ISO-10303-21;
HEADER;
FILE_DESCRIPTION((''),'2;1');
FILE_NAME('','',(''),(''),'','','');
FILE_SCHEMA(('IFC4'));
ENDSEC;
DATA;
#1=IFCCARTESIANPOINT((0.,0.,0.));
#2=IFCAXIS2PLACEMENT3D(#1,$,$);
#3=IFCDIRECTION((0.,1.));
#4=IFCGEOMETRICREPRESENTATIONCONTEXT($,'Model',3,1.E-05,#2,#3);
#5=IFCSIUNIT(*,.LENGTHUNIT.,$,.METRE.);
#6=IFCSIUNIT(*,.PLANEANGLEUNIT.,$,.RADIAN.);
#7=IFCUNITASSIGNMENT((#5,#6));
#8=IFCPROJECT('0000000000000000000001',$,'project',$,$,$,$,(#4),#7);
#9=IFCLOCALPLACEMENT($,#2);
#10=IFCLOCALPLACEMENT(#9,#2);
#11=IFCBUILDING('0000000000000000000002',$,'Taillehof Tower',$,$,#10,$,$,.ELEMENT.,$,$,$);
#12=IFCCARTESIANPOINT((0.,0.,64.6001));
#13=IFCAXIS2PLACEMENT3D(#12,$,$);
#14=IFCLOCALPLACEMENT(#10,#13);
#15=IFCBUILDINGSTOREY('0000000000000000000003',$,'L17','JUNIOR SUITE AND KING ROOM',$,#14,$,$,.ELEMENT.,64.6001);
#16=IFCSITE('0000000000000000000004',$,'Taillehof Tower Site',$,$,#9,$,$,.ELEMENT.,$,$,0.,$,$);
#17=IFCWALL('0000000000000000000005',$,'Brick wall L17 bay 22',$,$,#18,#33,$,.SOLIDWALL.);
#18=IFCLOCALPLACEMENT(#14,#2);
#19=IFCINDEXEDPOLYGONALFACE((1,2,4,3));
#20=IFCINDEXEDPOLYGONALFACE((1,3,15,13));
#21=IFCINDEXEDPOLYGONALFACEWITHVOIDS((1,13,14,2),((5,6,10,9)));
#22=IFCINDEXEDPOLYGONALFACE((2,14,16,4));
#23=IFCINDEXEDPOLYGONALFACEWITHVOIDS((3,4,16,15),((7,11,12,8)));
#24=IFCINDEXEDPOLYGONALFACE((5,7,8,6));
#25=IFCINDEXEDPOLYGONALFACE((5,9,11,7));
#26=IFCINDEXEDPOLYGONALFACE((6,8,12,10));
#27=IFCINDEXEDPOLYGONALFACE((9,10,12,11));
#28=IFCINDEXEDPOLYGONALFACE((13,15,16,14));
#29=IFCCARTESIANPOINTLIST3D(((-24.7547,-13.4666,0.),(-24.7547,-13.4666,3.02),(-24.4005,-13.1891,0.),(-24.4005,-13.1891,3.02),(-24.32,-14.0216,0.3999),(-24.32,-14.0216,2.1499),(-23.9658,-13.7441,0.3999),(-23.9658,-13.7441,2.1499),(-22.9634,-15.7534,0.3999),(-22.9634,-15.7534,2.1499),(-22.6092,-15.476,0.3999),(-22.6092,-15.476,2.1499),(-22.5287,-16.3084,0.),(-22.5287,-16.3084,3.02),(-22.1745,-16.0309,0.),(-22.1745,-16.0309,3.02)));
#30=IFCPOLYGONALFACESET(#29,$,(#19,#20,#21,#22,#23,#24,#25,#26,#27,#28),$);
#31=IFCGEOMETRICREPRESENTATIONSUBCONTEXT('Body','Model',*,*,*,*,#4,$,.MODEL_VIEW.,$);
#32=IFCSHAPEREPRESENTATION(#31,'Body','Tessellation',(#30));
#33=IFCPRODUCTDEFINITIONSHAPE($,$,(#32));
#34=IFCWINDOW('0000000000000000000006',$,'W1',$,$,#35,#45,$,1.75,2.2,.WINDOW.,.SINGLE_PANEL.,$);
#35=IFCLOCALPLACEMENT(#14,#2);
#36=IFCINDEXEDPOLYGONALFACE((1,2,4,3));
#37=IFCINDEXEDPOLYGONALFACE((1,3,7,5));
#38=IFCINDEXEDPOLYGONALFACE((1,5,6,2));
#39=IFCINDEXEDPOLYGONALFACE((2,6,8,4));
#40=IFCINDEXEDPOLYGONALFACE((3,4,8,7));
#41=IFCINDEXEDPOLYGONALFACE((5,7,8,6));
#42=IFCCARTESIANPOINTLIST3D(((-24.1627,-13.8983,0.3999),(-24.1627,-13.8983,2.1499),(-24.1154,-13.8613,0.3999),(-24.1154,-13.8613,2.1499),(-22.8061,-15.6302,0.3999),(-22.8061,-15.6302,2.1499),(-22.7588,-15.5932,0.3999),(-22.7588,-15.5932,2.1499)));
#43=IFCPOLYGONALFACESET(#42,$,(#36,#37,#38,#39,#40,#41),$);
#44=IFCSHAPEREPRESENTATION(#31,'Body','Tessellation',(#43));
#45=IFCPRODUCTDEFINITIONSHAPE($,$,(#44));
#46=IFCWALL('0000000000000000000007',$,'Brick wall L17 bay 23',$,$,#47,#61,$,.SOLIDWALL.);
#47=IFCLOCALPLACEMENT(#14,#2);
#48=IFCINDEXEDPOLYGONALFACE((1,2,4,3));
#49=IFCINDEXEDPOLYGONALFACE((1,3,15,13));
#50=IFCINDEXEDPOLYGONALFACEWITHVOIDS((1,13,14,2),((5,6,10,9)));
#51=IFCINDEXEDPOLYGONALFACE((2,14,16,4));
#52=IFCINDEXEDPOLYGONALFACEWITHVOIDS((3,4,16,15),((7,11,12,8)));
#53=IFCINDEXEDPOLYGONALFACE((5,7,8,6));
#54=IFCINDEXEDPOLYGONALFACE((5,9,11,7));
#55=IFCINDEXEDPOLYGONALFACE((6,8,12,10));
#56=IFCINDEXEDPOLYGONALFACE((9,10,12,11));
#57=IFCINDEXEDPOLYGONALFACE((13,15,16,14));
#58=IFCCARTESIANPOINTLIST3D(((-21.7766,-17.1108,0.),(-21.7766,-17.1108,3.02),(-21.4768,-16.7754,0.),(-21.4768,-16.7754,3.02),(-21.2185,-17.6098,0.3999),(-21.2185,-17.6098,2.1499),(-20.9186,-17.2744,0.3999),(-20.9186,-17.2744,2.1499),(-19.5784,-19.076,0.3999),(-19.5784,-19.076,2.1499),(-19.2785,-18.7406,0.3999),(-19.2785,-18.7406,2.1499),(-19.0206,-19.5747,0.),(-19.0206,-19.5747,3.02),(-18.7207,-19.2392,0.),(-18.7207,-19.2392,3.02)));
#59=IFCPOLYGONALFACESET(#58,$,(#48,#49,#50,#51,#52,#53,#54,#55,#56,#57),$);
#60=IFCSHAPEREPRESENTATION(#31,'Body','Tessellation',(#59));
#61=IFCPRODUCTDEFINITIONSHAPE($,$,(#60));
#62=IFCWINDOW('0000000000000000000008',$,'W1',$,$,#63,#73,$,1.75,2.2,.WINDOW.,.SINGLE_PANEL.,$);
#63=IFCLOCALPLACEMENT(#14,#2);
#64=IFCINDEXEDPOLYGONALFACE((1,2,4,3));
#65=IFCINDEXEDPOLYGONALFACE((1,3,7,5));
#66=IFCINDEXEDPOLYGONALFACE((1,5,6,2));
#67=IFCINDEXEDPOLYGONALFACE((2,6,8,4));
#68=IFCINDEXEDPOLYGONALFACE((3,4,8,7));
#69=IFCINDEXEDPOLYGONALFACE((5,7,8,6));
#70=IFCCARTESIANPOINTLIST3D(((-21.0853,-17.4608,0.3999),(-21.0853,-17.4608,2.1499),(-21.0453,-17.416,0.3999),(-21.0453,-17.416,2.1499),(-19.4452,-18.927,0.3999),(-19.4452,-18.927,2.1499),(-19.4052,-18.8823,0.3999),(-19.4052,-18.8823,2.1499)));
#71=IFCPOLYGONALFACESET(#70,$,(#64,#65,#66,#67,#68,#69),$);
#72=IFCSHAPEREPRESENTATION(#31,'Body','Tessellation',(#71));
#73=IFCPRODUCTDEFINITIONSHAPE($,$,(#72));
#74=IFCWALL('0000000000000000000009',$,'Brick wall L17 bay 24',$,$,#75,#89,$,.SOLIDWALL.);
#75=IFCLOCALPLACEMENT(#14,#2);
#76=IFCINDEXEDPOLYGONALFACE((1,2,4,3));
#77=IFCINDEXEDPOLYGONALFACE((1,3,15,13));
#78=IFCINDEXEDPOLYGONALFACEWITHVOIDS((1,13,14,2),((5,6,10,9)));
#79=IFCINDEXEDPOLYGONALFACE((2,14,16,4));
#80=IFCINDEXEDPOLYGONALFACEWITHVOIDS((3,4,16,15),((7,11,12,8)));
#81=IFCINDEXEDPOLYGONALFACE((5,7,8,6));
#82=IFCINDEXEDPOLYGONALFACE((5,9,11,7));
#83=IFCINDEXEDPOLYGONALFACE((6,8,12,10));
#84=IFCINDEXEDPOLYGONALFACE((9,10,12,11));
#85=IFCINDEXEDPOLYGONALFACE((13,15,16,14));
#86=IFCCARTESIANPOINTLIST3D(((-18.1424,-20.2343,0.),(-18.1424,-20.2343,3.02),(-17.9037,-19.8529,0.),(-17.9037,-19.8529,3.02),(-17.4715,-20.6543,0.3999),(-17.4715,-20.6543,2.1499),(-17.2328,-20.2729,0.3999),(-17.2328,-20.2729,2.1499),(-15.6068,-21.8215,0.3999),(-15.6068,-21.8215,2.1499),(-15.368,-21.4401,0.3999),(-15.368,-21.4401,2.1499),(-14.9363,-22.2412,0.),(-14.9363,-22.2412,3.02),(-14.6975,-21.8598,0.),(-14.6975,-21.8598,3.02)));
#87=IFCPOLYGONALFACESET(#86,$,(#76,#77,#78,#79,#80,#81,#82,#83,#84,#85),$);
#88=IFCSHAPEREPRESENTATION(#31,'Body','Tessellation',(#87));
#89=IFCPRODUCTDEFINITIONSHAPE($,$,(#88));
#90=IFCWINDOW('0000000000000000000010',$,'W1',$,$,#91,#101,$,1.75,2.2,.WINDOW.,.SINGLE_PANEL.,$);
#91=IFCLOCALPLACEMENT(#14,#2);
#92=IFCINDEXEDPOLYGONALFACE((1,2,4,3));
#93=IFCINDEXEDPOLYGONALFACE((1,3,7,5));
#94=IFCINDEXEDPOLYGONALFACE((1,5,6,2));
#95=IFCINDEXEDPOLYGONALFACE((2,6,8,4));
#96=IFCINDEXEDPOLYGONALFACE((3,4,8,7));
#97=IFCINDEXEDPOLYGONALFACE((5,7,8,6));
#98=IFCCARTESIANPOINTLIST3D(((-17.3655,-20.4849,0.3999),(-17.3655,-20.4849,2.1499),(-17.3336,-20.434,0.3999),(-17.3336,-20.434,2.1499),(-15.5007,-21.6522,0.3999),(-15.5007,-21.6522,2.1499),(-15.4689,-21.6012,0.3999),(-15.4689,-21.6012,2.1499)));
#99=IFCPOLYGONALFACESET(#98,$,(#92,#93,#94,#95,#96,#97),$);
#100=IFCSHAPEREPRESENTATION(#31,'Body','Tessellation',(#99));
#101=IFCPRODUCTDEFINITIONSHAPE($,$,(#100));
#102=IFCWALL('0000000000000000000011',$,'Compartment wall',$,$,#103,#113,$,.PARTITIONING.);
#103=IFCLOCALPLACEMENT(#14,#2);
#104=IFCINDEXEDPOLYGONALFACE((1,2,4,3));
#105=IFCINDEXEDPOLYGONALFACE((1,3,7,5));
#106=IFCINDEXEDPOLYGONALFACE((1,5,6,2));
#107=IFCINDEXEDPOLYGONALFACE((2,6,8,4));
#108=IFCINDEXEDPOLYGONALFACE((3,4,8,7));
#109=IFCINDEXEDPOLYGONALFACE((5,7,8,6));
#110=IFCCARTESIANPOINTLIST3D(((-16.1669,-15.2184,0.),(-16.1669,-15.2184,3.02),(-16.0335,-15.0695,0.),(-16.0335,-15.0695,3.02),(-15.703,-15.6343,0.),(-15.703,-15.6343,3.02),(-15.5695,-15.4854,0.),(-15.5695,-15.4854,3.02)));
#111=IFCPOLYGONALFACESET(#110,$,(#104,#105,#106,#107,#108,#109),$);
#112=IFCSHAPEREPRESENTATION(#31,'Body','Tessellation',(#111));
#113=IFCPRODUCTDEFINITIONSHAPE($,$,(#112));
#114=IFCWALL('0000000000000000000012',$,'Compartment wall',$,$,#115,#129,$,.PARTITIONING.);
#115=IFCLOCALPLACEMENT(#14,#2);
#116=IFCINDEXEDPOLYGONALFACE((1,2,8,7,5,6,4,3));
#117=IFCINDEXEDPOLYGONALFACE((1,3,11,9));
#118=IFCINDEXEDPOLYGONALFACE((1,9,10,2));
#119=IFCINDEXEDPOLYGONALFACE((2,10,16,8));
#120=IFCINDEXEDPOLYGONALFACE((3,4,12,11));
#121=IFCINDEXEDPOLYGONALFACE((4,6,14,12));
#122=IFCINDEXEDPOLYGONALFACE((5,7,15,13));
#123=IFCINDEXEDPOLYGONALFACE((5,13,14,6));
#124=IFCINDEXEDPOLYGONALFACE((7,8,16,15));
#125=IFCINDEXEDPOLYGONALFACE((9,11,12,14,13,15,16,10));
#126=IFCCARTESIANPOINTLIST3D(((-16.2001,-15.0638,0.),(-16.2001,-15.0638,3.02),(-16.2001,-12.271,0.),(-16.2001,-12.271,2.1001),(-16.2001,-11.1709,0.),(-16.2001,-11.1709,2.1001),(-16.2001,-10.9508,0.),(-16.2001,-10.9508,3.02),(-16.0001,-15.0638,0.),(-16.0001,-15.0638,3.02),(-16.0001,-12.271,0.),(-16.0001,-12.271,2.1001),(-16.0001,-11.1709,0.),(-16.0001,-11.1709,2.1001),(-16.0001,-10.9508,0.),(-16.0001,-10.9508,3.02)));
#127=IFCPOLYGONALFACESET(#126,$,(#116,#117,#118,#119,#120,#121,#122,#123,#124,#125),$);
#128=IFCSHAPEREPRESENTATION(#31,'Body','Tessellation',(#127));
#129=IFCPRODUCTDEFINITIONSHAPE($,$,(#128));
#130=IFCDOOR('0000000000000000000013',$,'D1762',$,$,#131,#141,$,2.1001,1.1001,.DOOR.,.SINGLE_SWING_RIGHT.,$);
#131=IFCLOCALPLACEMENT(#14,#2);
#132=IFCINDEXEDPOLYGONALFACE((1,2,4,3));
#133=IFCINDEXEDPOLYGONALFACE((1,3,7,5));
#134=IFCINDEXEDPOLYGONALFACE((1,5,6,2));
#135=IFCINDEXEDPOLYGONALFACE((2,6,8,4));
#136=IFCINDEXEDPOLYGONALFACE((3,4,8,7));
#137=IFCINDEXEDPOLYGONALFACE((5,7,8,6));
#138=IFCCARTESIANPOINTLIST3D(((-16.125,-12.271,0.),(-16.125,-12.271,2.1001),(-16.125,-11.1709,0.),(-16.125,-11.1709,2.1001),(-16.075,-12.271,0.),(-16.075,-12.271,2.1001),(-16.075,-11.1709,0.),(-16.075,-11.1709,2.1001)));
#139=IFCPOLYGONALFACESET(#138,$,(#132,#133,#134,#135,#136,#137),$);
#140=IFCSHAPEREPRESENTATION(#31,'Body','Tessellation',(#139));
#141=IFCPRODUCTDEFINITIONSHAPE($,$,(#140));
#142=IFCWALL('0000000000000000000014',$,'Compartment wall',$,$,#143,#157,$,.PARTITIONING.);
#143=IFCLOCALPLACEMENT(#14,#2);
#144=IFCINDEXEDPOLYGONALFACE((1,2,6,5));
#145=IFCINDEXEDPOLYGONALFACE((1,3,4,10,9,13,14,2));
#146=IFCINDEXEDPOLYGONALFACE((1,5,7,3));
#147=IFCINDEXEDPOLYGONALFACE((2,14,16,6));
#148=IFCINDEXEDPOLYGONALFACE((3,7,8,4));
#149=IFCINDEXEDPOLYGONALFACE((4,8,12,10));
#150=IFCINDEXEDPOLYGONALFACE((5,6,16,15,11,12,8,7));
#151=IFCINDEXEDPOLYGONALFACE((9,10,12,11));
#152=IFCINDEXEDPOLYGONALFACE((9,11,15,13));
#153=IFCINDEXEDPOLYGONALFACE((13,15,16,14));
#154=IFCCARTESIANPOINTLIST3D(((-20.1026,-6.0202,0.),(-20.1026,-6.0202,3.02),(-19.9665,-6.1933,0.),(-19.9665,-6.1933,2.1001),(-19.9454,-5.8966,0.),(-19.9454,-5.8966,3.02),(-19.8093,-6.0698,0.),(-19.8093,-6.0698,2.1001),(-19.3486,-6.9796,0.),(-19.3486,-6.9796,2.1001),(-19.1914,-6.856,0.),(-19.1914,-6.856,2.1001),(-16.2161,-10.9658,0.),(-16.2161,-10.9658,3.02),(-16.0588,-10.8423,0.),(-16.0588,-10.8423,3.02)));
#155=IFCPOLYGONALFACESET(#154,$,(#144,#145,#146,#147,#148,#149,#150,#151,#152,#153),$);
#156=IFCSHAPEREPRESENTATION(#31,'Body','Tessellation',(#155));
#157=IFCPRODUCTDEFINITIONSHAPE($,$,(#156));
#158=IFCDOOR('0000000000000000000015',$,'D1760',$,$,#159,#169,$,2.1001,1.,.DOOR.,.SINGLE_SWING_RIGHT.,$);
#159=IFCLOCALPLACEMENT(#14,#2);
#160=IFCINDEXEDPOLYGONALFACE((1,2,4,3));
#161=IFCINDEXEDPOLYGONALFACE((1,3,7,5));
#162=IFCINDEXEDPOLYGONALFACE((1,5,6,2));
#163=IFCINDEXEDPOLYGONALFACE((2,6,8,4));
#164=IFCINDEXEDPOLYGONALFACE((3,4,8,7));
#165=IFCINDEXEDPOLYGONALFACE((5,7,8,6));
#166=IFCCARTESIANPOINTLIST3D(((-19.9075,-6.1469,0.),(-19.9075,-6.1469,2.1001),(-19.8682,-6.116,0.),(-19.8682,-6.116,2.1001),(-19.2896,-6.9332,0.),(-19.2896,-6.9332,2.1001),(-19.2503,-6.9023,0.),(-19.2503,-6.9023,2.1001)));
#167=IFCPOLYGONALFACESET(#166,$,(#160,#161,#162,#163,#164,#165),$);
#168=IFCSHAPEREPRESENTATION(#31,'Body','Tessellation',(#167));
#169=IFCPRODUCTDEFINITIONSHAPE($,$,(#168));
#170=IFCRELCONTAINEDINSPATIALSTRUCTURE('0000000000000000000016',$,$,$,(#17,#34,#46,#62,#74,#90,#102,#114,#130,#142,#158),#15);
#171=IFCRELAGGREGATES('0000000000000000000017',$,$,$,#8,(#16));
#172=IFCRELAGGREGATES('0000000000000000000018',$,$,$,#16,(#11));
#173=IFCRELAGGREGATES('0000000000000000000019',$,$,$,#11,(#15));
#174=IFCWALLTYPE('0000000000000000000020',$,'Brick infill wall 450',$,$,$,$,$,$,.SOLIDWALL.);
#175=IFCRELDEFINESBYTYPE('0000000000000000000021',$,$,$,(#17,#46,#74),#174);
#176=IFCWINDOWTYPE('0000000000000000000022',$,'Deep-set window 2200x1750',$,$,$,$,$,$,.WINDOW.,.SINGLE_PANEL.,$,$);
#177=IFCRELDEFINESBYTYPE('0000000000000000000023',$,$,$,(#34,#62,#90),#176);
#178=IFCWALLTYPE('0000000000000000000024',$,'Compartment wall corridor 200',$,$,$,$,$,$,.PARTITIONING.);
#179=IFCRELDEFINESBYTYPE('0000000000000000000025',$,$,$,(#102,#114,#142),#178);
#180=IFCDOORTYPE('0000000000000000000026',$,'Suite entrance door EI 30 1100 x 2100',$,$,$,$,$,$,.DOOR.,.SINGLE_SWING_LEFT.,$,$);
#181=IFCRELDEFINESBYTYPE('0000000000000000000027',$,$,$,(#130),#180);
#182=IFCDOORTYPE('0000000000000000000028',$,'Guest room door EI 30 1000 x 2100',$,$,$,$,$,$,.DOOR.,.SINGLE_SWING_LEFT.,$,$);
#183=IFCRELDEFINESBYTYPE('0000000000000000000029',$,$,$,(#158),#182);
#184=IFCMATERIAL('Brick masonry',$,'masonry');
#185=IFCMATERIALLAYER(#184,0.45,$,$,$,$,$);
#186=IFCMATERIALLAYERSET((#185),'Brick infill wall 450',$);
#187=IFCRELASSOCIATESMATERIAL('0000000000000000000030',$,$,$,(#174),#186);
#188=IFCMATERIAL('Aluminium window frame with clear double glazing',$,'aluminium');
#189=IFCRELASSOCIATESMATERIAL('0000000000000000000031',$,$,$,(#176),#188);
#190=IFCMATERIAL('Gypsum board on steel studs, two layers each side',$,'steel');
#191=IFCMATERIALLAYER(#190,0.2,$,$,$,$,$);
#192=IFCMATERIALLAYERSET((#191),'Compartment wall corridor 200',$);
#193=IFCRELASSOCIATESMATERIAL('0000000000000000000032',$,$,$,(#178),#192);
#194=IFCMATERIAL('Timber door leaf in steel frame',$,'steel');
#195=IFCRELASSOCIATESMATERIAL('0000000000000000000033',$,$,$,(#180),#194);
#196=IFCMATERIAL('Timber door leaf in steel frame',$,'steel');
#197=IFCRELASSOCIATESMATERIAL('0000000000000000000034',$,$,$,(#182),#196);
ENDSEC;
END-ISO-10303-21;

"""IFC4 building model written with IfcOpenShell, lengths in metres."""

from ifc_helpers import new_model, si_unit, direction, frame, frame_2d, origin, place, context, subcontext, project, spatial, rectangle, extrude, material, layer, layer_set, type_object, element, fill, save


model = new_model("IFC4")

# Units and contexts
model_context = context("Model", 3, precision=1e-05, world=origin(), true_north=direction((0.0, 1.0)))
body_context = subcontext(model_context, "Body", "Model", "MODEL_VIEW")
ifc_project = project(units=[si_unit("LENGTHUNIT", "METRE"), si_unit("PLANEANGLEUNIT", "RADIAN")], contexts=[model_context])

# Site, building, storey
site_placement = place(None, origin())
site = spatial("IfcSite", under=ifc_project, at=site_placement, Name="Taillehof Tower Site", CompositionType="ELEMENT", RefElevation=0.0)
building_placement = place(site_placement, origin())
building = spatial("IfcBuilding", under=site, at=building_placement, Name="Taillehof Tower", CompositionType="ELEMENT")
storey_placement = place(building_placement, frame((0.0, 0.0, 64.6001)))
storey = spatial("IfcBuildingStorey", under=building, at=storey_placement, Name="L17", Description="JUNIOR SUITE AND KING ROOM", CompositionType="ELEMENT", Elevation=64.6001)

# Walls, openings, windows
ifc_material_1 = material(Name="Brick masonry", Category="masonry")
ifc_layer_1 = layer(ifc_material_1, 0.45)
ifc_layer_set_1 = layer_set([ifc_layer_1], Name="Brick infill wall 450")
wall_type_1 = type_object("IfcWallType", Name="Brick infill wall 450", PredefinedType="SOLIDWALL", material=ifc_layer_set_1)
ifc_material_2 = material(Name="Aluminium window frame with clear double glazing", Category="aluminium")
window_type = type_object("IfcWindowType", Name="Deep-set window 2200x1750", PartitioningType="SINGLE_PANEL", PredefinedType="WINDOW", material=ifc_material_2)
wall_1_placement = place(storey_placement, frame((-24.5776, -13.3279, 0.0), z_axis=(0.0, 0.0, 1.0), x_axis=(0.616662, -0.787228, 0.0)))
wall_1 = element("IfcWall", 1, at=wall_1_placement, inside=storey, type_object=wall_type_1, Name="Brick wall L17 bay 22", PredefinedType="SOLIDWALL", context=body_context, shape_type="SweptSolid", body=[
    extrude(rectangle(XDim=3.6099, YDim=0.45, at=frame_2d((1.8049, 0.0))), origin(), (0.0, 0.0, 1.0), 3.02),
])
opening_1_placement = place(wall_1_placement, frame((0.7048, 0.0, 0.3999)))
opening_1 = element("IfcOpeningElement", 2, at=opening_1_placement, cuts=wall_1, PredefinedType="OPENING", context=body_context, shape_type="SweptSolid", body=[
    extrude(rectangle(XDim=2.2, YDim=1.75, at=frame_2d((1.1001, 0.875))), frame((0.0, 0.2349, 0.0), z_axis=(0.0, -1.0, 0.0), x_axis=(1.0, 0.0, 0.0)), (0.0, 0.0, 1.0), 0.47),
])
window_1_placement = place(opening_1_placement, origin())
window_1 = element("IfcWindow", 3, at=window_1_placement, inside=storey, type_object=window_type, Name="W1", OverallHeight=1.75, OverallWidth=2.2, PartitioningType="SINGLE_PANEL", PredefinedType="WINDOW", context=body_context, shape_type="SweptSolid", body=[
    extrude(rectangle(XDim=2.2, YDim=1.75, at=frame_2d((1.1001, 0.875))), frame((0.0, 0.0349, 0.0), z_axis=(0.0, -1.0, 0.0), x_axis=(1.0, 0.0, 0.0)), (0.0, 0.0, 1.0), 0.0601),
])
fill(opening_1, window_1)
wall_2_placement = place(storey_placement, frame((-21.6267, -16.9431, 0.0), z_axis=(0.0, 0.0, 1.0), x_axis=(0.745526, -0.666476, 0.0)))
wall_2 = element("IfcWall", 4, at=wall_2_placement, inside=storey, type_object=wall_type_1, Name="Brick wall L17 bay 23", PredefinedType="SOLIDWALL", context=body_context, shape_type="SweptSolid", body=[
    extrude(rectangle(XDim=3.6968, YDim=0.45, at=frame_2d((1.8484, 0.0))), origin(), (0.0, 0.0, 1.0), 3.02),
])
opening_2_placement = place(wall_2_placement, frame((0.7485, 0.0, 0.3999)))
opening_2 = element("IfcOpeningElement", 5, at=opening_2_placement, cuts=wall_2, PredefinedType="OPENING", context=body_context, shape_type="SweptSolid", body=[
    extrude(rectangle(XDim=2.2, YDim=1.75, at=frame_2d((1.1001, 0.875))), frame((0.0, 0.2349, 0.0), z_axis=(0.0, -1.0, 0.0), x_axis=(1.0, 0.0, 0.0)), (0.0, 0.0, 1.0), 0.47),
])
window_2_placement = place(opening_2_placement, origin())
window_2 = element("IfcWindow", 6, at=window_2_placement, inside=storey, type_object=window_type, Name="W1", OverallHeight=1.75, OverallWidth=2.2, PartitioningType="SINGLE_PANEL", PredefinedType="WINDOW", context=body_context, shape_type="SweptSolid", body=[
    extrude(rectangle(XDim=2.2, YDim=1.75, at=frame_2d((1.1001, 0.875))), frame((0.0, 0.0349, 0.0), z_axis=(0.0, -1.0, 0.0), x_axis=(1.0, 0.0, 0.0)), (0.0, 0.0, 1.0), 0.0601),
])
fill(opening_2, window_2)
wall_3_placement = place(storey_placement, frame((-18.0229, -20.0437, 0.0), z_axis=(0.0, 0.0, 1.0), x_axis=(0.847635, -0.530579, 0.0)))
wall_3 = element("IfcWall", 7, at=wall_3_placement, inside=storey, type_object=wall_type_1, Name="Brick wall L17 bay 24", PredefinedType="SOLIDWALL", context=body_context, shape_type="SweptSolid", body=[
    extrude(rectangle(XDim=3.7825, YDim=0.45, at=frame_2d((1.8911, 0.0))), origin(), (0.0, 0.0, 1.0), 3.02),
])
opening_3_placement = place(wall_3_placement, frame((0.7913, 0.0, 0.3999)))
opening_3 = element("IfcOpeningElement", 8, at=opening_3_placement, cuts=wall_3, PredefinedType="OPENING", context=body_context, shape_type="SweptSolid", body=[
    extrude(rectangle(XDim=2.2, YDim=1.75, at=frame_2d((1.1001, 0.875))), frame((0.0, 0.2349, 0.0), z_axis=(0.0, -1.0, 0.0), x_axis=(1.0, 0.0, 0.0)), (0.0, 0.0, 1.0), 0.47),
])
window_3_placement = place(opening_3_placement, origin())
window_3 = element("IfcWindow", 9, at=window_3_placement, inside=storey, type_object=window_type, Name="W1", OverallHeight=1.75, OverallWidth=2.2, PartitioningType="SINGLE_PANEL", PredefinedType="WINDOW", context=body_context, shape_type="SweptSolid", body=[
    extrude(rectangle(XDim=2.2, YDim=1.75, at=frame_2d((1.1001, 0.875))), frame((0.0, 0.0349, 0.0), z_axis=(0.0, -1.0, 0.0), x_axis=(1.0, 0.0, 0.0)), (0.0, 0.0, 1.0), 0.0601),
])
fill(opening_3, window_3)

# Wall
ifc_material_3 = material(Name="Gypsum board on steel studs, two layers each side", Category="steel")
ifc_layer_2 = layer(ifc_material_3, 0.2)
ifc_layer_set_2 = layer_set([ifc_layer_2], Name="Compartment wall corridor 200")
wall_type_2 = type_object("IfcWallType", Name="Compartment wall corridor 200", PredefinedType="PARTITIONING", material=ifc_layer_set_2)
wall_4_placement = place(storey_placement, frame((-15.6362, -15.5598, 0.0), z_axis=(0.0, 0.0, 1.0), x_axis=(-0.744657, 0.667448, 0.0)))
element("IfcWall", 10, at=wall_4_placement, inside=storey, type_object=wall_type_2, Name="Compartment wall", PredefinedType="PARTITIONING", context=body_context, shape_type="SweptSolid", body=[
    extrude(rectangle(XDim=0.623, YDim=0.2, at=frame_2d((0.3115, 0.0))), origin(), (0.0, 0.0, 1.0), 3.02),
])

# Walls, openings, doors
wall_5_placement = place(storey_placement, frame((-16.1001, -15.064, 0.0), z_axis=(0.0, 0.0, 1.0), x_axis=(0.0, 1.0, 0.0)))
wall_5 = element("IfcWall", 11, at=wall_5_placement, inside=storey, type_object=wall_type_2, Name="Compartment wall", PredefinedType="PARTITIONING", context=body_context, shape_type="SweptSolid", body=[
    extrude(rectangle(XDim=4.113, YDim=0.2, at=frame_2d((2.0566, 0.0))), origin(), (0.0, 0.0, 1.0), 3.02),
])
opening_4_placement = place(wall_5_placement, frame((2.793, 0.0, 0.0)))
opening_4 = element("IfcOpeningElement", 12, at=opening_4_placement, cuts=wall_5, PredefinedType="OPENING", context=body_context, shape_type="SweptSolid", body=[
    extrude(rectangle(XDim=1.1001, YDim=2.1001, at=frame_2d((0.55, 1.05))), frame((0.0, 0.1099, 0.0), z_axis=(0.0, -1.0, 0.0), x_axis=(1.0, 0.0, 0.0)), (0.0, 0.0, 1.0), 0.22),
])
ifc_material_4 = material(Name="Timber door leaf in steel frame", Category="steel")
door_type_1 = type_object("IfcDoorType", Name="Suite entrance door EI 30 1100 x 2100", OperationType="SINGLE_SWING_LEFT", PredefinedType="DOOR", material=ifc_material_4)
door_1_placement = place(opening_4_placement, origin())
door_1 = element("IfcDoor", 13, at=door_1_placement, inside=storey, type_object=door_type_1, Name="D1762", OperationType="SINGLE_SWING_RIGHT", OverallHeight=2.1001, OverallWidth=1.1001, PredefinedType="DOOR", context=body_context, shape_type="SweptSolid", body=[
    extrude(rectangle(XDim=1.1001, YDim=2.1001, at=frame_2d((0.55, 1.05))), frame((0.0, 0.0249, 0.0), z_axis=(0.0, -1.0, 0.0), x_axis=(1.0, 0.0, 0.0)), (0.0, 0.0, 1.0), 0.05),
])
fill(opening_4, door_1)
wall_6_placement = place(storey_placement, frame((-16.1375, -10.9041, 0.0), z_axis=(0.0, 0.0, 1.0), x_axis=(-0.617888, 0.786266, 0.0)))
wall_6 = element("IfcWall", 14, at=wall_6_placement, inside=storey, type_object=wall_type_2, Name="Compartment wall", PredefinedType="PARTITIONING", context=body_context, shape_type="SweptSolid", body=[
    extrude(rectangle(XDim=6.29, YDim=0.2, at=frame_2d((3.145, 0.0))), origin(), (0.0, 0.0, 1.0), 3.02),
])
opening_5_placement = place(wall_6_placement, frame((5.0698, 0.0, 0.0)))
opening_5 = element("IfcOpeningElement", 15, at=opening_5_placement, cuts=wall_6, PredefinedType="OPENING", context=body_context, shape_type="SweptSolid", body=[
    extrude(rectangle(XDim=1.0, YDim=2.1001, at=frame_2d((0.5, 1.05))), frame((0.0, 0.1099, 0.0), z_axis=(0.0, -1.0, 0.0), x_axis=(1.0, 0.0, 0.0)), (0.0, 0.0, 1.0), 0.22),
])
ifc_material_5 = material(Name="Timber door leaf in steel frame", Category="steel")
door_type_2 = type_object("IfcDoorType", Name="Guest room door EI 30 1000 x 2100", OperationType="SINGLE_SWING_LEFT", PredefinedType="DOOR", material=ifc_material_5)
door_2_placement = place(opening_5_placement, origin())
door_2 = element("IfcDoor", 16, at=door_2_placement, inside=storey, type_object=door_type_2, Name="D1760", OperationType="SINGLE_SWING_RIGHT", OverallHeight=2.1001, OverallWidth=1.0, PredefinedType="DOOR", context=body_context, shape_type="SweptSolid", body=[
    extrude(rectangle(XDim=1.0, YDim=2.1001, at=frame_2d((0.5, 1.05))), frame((0.0, 0.0249, 0.0), z_axis=(0.0, -1.0, 0.0), x_axis=(1.0, 0.0, 0.0)), (0.0, 0.0, 1.0), 0.05),
])
fill(opening_5, door_2)

save(model, "model.ifc")
